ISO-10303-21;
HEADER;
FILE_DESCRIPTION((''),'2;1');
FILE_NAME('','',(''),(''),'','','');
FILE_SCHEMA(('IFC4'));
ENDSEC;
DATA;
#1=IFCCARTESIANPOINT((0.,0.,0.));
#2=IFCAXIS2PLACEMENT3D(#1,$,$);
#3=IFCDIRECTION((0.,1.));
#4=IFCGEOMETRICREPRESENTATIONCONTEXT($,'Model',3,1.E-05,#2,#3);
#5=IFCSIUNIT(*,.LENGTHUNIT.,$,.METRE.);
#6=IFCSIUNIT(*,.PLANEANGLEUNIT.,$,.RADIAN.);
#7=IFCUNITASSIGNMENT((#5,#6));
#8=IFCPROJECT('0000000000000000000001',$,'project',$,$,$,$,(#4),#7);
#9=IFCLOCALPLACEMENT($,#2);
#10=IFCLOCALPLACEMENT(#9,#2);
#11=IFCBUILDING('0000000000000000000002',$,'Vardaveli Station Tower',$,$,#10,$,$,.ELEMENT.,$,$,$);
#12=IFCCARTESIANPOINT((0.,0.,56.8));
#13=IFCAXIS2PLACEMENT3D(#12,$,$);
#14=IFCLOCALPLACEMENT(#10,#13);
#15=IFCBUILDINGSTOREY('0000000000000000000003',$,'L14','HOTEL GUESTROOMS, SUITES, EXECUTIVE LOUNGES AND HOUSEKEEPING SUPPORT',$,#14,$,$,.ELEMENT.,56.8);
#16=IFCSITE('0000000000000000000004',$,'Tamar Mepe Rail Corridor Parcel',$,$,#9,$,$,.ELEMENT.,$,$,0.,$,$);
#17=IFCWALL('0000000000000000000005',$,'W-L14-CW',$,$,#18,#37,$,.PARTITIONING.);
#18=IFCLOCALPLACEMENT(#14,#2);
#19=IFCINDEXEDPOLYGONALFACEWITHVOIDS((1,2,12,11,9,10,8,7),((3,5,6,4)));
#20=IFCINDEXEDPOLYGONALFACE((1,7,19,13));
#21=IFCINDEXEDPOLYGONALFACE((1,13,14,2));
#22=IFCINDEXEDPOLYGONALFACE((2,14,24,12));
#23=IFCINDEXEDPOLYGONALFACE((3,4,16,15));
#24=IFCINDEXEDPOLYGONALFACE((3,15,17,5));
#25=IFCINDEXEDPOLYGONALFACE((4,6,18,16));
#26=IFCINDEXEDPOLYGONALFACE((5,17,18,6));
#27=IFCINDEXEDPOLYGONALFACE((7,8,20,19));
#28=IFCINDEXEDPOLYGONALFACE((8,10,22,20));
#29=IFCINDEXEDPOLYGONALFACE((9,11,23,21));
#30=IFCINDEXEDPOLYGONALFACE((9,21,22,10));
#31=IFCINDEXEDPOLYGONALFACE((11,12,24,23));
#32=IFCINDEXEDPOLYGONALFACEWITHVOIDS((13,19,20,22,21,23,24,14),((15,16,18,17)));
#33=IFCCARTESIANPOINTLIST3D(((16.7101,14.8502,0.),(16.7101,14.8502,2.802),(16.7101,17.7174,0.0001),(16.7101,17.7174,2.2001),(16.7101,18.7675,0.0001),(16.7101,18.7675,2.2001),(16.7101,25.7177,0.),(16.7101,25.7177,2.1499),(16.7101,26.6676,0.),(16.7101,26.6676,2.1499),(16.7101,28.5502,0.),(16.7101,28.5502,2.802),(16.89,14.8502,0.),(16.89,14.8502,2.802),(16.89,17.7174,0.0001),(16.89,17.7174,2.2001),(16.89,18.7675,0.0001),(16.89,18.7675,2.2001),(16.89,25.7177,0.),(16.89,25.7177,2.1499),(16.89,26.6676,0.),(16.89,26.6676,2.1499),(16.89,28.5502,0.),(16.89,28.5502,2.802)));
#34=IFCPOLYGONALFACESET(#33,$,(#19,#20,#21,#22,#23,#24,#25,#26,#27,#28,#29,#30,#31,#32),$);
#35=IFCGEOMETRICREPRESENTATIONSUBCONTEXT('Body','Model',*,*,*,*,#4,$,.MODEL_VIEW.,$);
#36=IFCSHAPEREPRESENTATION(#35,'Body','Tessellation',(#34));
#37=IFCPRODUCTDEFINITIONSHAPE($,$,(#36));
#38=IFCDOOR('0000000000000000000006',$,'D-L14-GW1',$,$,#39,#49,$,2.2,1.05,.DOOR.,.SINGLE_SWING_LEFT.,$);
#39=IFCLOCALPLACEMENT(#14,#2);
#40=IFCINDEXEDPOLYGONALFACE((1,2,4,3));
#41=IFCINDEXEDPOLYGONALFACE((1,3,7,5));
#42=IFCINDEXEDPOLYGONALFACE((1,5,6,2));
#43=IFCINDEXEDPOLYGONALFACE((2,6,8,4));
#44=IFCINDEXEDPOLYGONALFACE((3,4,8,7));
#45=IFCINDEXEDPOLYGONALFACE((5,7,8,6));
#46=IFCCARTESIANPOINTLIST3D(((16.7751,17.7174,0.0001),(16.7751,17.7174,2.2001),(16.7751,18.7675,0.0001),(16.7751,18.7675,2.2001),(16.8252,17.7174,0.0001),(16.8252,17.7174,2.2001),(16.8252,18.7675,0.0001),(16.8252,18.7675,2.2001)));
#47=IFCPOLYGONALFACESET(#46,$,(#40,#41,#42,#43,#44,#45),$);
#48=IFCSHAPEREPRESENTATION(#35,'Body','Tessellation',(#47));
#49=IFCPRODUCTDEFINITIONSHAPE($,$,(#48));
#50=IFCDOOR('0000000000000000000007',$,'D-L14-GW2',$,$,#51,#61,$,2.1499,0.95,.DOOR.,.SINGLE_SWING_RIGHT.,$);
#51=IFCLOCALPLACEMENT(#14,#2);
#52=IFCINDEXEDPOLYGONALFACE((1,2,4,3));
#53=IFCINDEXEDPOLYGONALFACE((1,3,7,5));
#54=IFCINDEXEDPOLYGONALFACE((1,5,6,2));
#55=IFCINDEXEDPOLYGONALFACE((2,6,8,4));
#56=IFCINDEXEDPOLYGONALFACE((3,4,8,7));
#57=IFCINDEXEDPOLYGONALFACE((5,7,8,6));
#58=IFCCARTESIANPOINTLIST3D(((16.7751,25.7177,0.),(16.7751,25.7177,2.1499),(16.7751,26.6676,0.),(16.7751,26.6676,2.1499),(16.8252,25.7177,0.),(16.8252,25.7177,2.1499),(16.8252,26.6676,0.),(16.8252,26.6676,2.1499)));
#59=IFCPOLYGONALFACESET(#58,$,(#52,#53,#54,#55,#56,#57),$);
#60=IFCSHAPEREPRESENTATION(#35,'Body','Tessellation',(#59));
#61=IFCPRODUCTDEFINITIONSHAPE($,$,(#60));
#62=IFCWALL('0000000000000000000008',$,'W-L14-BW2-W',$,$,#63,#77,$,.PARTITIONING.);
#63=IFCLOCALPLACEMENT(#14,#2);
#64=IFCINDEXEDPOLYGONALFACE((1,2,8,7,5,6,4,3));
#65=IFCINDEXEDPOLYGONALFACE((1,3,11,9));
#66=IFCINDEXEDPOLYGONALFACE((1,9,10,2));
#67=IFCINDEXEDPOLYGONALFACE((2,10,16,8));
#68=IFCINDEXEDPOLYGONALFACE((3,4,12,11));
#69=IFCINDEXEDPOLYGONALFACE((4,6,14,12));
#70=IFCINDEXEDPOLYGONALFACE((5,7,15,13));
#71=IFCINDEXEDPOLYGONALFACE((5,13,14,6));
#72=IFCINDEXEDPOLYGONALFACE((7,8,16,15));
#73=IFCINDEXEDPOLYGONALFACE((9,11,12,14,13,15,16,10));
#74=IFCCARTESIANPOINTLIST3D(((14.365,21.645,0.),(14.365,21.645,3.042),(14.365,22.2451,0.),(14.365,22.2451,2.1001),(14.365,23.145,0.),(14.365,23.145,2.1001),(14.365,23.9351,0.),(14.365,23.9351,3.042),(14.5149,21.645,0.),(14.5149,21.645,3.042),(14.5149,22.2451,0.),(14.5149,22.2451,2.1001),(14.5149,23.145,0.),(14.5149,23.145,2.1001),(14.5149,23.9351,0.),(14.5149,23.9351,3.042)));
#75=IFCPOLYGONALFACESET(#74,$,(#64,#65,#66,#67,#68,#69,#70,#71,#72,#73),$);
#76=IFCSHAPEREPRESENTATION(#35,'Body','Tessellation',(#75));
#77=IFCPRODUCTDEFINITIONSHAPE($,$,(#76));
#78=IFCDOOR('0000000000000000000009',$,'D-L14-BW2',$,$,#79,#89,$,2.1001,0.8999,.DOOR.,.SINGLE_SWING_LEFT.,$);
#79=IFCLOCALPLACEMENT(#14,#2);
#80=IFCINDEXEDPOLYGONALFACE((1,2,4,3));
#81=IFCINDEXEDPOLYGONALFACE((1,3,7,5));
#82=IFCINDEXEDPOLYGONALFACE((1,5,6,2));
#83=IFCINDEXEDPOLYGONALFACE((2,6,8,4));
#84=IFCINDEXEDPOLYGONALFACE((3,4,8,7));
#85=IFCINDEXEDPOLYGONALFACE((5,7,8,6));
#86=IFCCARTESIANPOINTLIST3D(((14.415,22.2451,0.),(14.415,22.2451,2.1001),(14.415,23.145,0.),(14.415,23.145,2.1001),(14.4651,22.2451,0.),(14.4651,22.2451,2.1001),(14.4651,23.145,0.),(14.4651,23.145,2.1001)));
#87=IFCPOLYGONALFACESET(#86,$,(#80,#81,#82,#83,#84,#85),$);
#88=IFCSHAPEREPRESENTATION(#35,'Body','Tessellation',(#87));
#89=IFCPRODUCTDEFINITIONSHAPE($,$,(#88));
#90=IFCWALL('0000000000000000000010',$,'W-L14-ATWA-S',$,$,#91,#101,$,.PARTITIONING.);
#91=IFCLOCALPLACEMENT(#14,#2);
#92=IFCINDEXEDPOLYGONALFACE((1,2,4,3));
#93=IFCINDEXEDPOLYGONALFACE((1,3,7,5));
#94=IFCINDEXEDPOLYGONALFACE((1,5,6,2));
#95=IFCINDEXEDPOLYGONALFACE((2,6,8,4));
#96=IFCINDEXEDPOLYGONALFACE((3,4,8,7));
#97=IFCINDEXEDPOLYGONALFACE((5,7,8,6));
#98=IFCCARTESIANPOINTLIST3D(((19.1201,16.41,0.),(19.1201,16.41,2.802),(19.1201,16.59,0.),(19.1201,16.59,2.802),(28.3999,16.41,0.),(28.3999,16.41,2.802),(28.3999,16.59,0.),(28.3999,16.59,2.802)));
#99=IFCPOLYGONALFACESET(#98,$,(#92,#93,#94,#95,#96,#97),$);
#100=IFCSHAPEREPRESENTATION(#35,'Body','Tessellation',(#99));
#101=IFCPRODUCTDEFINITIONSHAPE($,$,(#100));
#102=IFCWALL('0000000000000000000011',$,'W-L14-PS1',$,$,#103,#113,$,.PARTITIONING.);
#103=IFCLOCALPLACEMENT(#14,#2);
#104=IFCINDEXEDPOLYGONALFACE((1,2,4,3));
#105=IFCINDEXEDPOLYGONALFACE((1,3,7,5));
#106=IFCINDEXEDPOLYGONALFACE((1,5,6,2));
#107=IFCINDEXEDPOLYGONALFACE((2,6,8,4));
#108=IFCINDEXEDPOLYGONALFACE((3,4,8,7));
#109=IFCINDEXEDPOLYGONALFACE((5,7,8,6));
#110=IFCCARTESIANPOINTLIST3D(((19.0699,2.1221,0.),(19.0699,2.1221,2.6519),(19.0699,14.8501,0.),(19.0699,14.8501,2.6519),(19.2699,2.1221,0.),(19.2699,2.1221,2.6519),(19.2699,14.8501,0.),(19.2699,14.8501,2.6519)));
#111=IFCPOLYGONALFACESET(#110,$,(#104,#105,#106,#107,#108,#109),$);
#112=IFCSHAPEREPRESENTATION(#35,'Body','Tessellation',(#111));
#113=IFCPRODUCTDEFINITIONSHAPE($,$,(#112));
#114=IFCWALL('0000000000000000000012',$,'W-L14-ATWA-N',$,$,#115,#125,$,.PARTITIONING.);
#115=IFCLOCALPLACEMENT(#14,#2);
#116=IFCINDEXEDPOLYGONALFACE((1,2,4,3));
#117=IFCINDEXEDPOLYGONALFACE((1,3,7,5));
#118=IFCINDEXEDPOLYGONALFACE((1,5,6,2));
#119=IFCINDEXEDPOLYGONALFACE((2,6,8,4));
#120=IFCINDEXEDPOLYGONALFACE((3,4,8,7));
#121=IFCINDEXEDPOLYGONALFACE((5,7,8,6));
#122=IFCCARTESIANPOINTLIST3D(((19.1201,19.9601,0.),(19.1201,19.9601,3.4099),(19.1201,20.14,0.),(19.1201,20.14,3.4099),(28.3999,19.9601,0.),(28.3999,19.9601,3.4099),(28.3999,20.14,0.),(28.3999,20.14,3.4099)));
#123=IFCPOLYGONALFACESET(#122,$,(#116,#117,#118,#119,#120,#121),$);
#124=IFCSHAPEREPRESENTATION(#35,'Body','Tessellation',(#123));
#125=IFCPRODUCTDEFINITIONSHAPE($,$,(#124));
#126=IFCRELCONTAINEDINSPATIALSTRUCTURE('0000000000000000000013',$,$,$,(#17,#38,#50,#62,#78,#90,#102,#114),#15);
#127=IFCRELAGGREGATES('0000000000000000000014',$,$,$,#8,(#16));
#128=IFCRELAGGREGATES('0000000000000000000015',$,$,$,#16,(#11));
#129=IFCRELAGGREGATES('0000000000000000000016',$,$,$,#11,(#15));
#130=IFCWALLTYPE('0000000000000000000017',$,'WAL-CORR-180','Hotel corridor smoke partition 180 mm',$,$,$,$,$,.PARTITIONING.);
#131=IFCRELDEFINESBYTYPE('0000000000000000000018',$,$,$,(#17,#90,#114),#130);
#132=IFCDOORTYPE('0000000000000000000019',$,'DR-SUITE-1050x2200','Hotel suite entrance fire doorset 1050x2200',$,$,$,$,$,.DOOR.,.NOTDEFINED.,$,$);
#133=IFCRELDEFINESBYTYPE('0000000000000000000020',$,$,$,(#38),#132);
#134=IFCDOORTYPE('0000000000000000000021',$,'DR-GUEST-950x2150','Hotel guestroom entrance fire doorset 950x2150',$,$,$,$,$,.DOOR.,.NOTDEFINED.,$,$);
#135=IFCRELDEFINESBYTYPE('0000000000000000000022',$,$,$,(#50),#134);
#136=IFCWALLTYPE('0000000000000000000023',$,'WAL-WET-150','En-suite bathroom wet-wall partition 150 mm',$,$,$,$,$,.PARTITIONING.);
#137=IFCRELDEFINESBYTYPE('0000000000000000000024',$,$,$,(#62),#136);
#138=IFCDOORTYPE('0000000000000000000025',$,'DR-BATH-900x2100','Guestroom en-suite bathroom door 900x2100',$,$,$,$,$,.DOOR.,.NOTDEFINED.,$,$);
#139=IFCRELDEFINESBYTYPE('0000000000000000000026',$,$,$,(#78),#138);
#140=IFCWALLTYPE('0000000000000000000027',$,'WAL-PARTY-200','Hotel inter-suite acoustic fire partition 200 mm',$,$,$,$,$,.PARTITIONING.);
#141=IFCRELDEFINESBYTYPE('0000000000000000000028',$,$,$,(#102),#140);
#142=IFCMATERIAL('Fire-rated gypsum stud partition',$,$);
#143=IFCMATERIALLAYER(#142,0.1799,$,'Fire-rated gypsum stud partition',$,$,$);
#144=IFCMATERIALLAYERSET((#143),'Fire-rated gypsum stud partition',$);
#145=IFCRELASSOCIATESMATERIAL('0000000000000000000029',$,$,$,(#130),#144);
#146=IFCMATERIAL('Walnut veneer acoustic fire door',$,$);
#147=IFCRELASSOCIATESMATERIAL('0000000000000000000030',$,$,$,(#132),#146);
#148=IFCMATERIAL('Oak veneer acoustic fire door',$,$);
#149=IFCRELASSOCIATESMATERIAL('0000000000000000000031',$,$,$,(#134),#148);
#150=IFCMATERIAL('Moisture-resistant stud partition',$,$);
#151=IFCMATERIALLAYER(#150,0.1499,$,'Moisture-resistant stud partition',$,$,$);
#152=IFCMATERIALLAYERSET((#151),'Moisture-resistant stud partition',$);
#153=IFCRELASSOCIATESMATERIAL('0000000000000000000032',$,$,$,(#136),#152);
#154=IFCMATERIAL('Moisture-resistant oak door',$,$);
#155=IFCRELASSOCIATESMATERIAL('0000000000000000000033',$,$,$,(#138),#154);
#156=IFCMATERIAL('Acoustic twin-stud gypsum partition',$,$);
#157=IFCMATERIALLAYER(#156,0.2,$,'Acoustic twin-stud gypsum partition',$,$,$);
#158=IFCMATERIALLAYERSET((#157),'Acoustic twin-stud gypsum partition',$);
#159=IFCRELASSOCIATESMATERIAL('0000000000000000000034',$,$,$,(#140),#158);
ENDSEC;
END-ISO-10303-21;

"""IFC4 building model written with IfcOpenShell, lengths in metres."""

from ifc_helpers import new_model, si_unit, direction, frame, frame_2d, origin, place, context, subcontext, project, spatial, rectangle, extrude, source, transform, mapped, material, layer, layer_set, type_object, element, fill, save


model = new_model("IFC4")

# Units and contexts
model_context = context("Model", 3, precision=1e-05, world=origin(), true_north=direction((0.0, 1.0)))
body_context = subcontext(model_context, "Body", "Model", "MODEL_VIEW")
ifc_project = project(units=[si_unit("LENGTHUNIT", "METRE"), si_unit("PLANEANGLEUNIT", "RADIAN")], contexts=[model_context])

# Site, building, storey
site_placement = place(None, origin())
site = spatial("IfcSite", under=ifc_project, at=site_placement, Name="Tamar Mepe Rail Corridor Parcel", CompositionType="ELEMENT", RefElevation=0.0)
building_placement = place(site_placement, origin())
building = spatial("IfcBuilding", under=site, at=building_placement, Name="Vardaveli Station Tower", CompositionType="ELEMENT")
storey_placement = place(building_placement, frame((0.0, 0.0, 56.8)))
storey = spatial("IfcBuildingStorey", under=building, at=storey_placement, Name="L14", Description="HOTEL GUESTROOMS, SUITES, EXECUTIVE LOUNGES AND HOUSEKEEPING SUPPORT", CompositionType="ELEMENT", Elevation=56.8)

# Shared definitions
ifc_material_1 = material(Name="Fire-rated gypsum stud partition")
ifc_layer_1 = layer(ifc_material_1, 0.1799, Name="Fire-rated gypsum stud partition")
ifc_layer_set_1 = layer_set([ifc_layer_1], Name="Fire-rated gypsum stud partition")
wall_type_1 = type_object("IfcWallType", Name="WAL-CORR-180", Description="Hotel corridor smoke partition 180 mm", PredefinedType="PARTITIONING", material=ifc_layer_set_1)
shared_shape_1 = source(origin(), body_context, "Body", "SweptSolid", [
    extrude(rectangle(XDim=1.05, YDim=2.2, at=frame_2d((0.5249, 1.1001))), frame((0.0, 0.1001, 0.0), z_axis=(0.0, -1.0, 0.0), x_axis=(1.0, 0.0, 0.0)), (0.0, 0.0, 1.0), 0.2),
])
ifc_material_2 = material(Name="Walnut veneer acoustic fire door")
door_type_1 = type_object("IfcDoorType", Name="DR-SUITE-1050x2200", Description="Hotel suite entrance fire doorset 1050x2200", OperationType="NOTDEFINED", PredefinedType="DOOR", material=ifc_material_2)
shared_shape_2 = source(origin(), body_context, "Body", "SweptSolid", [
    extrude(rectangle(XDim=1.05, YDim=2.2, at=frame_2d((0.5249, 1.1001))), frame((0.0, 0.0249, 0.0), z_axis=(0.0, -1.0, 0.0), x_axis=(1.0, 0.0, 0.0)), (0.0, 0.0, 1.0), 0.05),
])

# Wall, openings, doors
shared_shape_3 = source(origin(), body_context, "Body", "SweptSolid", [
    extrude(rectangle(XDim=13.7, YDim=0.1799, at=frame_2d((6.8501, 0.0))), origin(), (0.0, 0.0, 1.0), 2.802),
])
wall_1_placement = place(storey_placement, frame((16.8, 14.8501, 0.0), z_axis=(0.0, 0.0, 1.0), x_axis=(0.0, 1.0, 0.0)))
wall_1 = element("IfcWall", 1, at=wall_1_placement, inside=storey, type_object=wall_type_1, Name="W-L14-CW", PredefinedType="PARTITIONING", context=body_context, shape_type="MappedRepresentation", body=[
    mapped(shared_shape_3, transform((0.0, 0.0, 0.0), scale=1.0)),
])
opening_1_placement = place(wall_1_placement, frame((2.8674, 0.0, 0.0)))
opening_1 = element("IfcOpeningElement", 2, at=opening_1_placement, cuts=wall_1, PredefinedType="OPENING", context=body_context, shape_type="MappedRepresentation", body=[
    mapped(shared_shape_1, transform((0.0, 0.0, 0.0), scale=1.0)),
])
shared_shape_4 = source(origin(), body_context, "Body", "SweptSolid", [
    extrude(rectangle(XDim=0.95, YDim=2.1499, at=frame_2d((0.4751, 1.075))), frame((0.0, 0.1001, 0.0), z_axis=(0.0, -1.0, 0.0), x_axis=(1.0, 0.0, 0.0)), (0.0, 0.0, 1.0), 0.2),
])
opening_2_placement = place(wall_1_placement, frame((10.8674, 0.0, 0.0)))
opening_2 = element("IfcOpeningElement", 3, at=opening_2_placement, cuts=wall_1, PredefinedType="OPENING", context=body_context, shape_type="MappedRepresentation", body=[
    mapped(shared_shape_4, transform((0.0, 0.0, 0.0), scale=1.0)),
])
door_1_placement = place(opening_1_placement, origin())
door_1 = element("IfcDoor", 4, at=door_1_placement, inside=storey, type_object=door_type_1, Name="D-L14-GW1", OperationType="SINGLE_SWING_LEFT", OverallHeight=2.2, OverallWidth=1.05, PredefinedType="DOOR", context=body_context, shape_type="MappedRepresentation", body=[
    mapped(shared_shape_2, transform((0.0, 0.0, 0.0), scale=1.0)),
])
fill(opening_1, door_1)
ifc_material_3 = material(Name="Oak veneer acoustic fire door")
door_type_2 = type_object("IfcDoorType", Name="DR-GUEST-950x2150", Description="Hotel guestroom entrance fire doorset 950x2150", OperationType="NOTDEFINED", PredefinedType="DOOR", material=ifc_material_3)
shared_shape_5 = source(origin(), body_context, "Body", "SweptSolid", [
    extrude(rectangle(XDim=0.95, YDim=2.1499, at=frame_2d((0.4751, 1.075))), frame((0.0, 0.0249, 0.0), z_axis=(0.0, -1.0, 0.0), x_axis=(1.0, 0.0, 0.0)), (0.0, 0.0, 1.0), 0.05),
])
door_2_placement = place(opening_2_placement, origin())
door_2 = element("IfcDoor", 5, at=door_2_placement, inside=storey, type_object=door_type_2, Name="D-L14-GW2", OperationType="SINGLE_SWING_RIGHT", OverallHeight=2.1499, OverallWidth=0.95, PredefinedType="DOOR", context=body_context, shape_type="MappedRepresentation", body=[
    mapped(shared_shape_5, transform((0.0, 0.0, 0.0), scale=1.0)),
])
fill(opening_2, door_2)

# Wall, opening, door
ifc_material_4 = material(Name="Moisture-resistant stud partition")
ifc_layer_2 = layer(ifc_material_4, 0.1499, Name="Moisture-resistant stud partition")
ifc_layer_set_2 = layer_set([ifc_layer_2], Name="Moisture-resistant stud partition")
wall_type_2 = type_object("IfcWallType", Name="WAL-WET-150", Description="En-suite bathroom wet-wall partition 150 mm", PredefinedType="PARTITIONING", material=ifc_layer_set_2)
shared_shape_6 = source(origin(), body_context, "Body", "SweptSolid", [
    extrude(rectangle(XDim=2.29, YDim=0.1499, at=frame_2d((1.145, 0.0))), origin(), (0.0, 0.0, 1.0), 3.042),
])
wall_2_placement = place(storey_placement, frame((14.4399, 21.645, 0.0), z_axis=(0.0, 0.0, 1.0), x_axis=(0.0, 1.0, 0.0)))
wall_2 = element("IfcWall", 6, at=wall_2_placement, inside=storey, type_object=wall_type_2, Name="W-L14-BW2-W", PredefinedType="PARTITIONING", context=body_context, shape_type="MappedRepresentation", body=[
    mapped(shared_shape_6, transform((0.0, 0.0, 0.0), scale=1.0)),
])
shared_shape_7 = source(origin(), body_context, "Body", "SweptSolid", [
    extrude(rectangle(XDim=0.8999, YDim=2.1001, at=frame_2d((0.45, 1.05))), frame((0.0, 0.085, 0.0), z_axis=(0.0, -1.0, 0.0), x_axis=(1.0, 0.0, 0.0)), (0.0, 0.0, 1.0), 0.1699),
])
opening_3_placement = place(wall_2_placement, frame((0.6001, 0.0, 0.0)))
opening_3 = element("IfcOpeningElement", 7, at=opening_3_placement, cuts=wall_2, PredefinedType="OPENING", context=body_context, shape_type="MappedRepresentation", body=[
    mapped(shared_shape_7, transform((0.0, 0.0, 0.0), scale=1.0)),
])
ifc_material_5 = material(Name="Moisture-resistant oak door")
door_type_3 = type_object("IfcDoorType", Name="DR-BATH-900x2100", Description="Guestroom en-suite bathroom door 900x2100", OperationType="NOTDEFINED", PredefinedType="DOOR", material=ifc_material_5)
shared_shape_8 = source(origin(), body_context, "Body", "SweptSolid", [
    extrude(rectangle(XDim=0.8999, YDim=2.1001, at=frame_2d((0.45, 1.05))), frame((0.0, 0.0249, 0.0), z_axis=(0.0, -1.0, 0.0), x_axis=(1.0, 0.0, 0.0)), (0.0, 0.0, 1.0), 0.05),
])
door_3_placement = place(opening_3_placement, origin())
door_3 = element("IfcDoor", 8, at=door_3_placement, inside=storey, type_object=door_type_3, Name="D-L14-BW2", OperationType="SINGLE_SWING_LEFT", OverallHeight=2.1001, OverallWidth=0.8999, PredefinedType="DOOR", context=body_context, shape_type="MappedRepresentation", body=[
    mapped(shared_shape_8, transform((0.0, 0.0, 0.0), scale=1.0)),
])
fill(opening_3, door_3)

# Walls
shared_shape_9 = source(origin(), body_context, "Body", "SweptSolid", [
    extrude(rectangle(XDim=9.2798, YDim=0.1799, at=frame_2d((4.6399, 0.0))), origin(), (0.0, 0.0, 1.0), 2.802),
])
wall_3_placement = place(storey_placement, frame((19.1201, 16.5, 0.0), z_axis=(0.0, 0.0, 1.0), x_axis=(1.0, 0.0, 0.0)))
element("IfcWall", 9, at=wall_3_placement, inside=storey, type_object=wall_type_1, Name="W-L14-ATWA-S", PredefinedType="PARTITIONING", context=body_context, shape_type="MappedRepresentation", body=[
    mapped(shared_shape_9, transform((0.0, 0.0, 0.0), scale=1.0)),
])
ifc_material_6 = material(Name="Acoustic twin-stud gypsum partition")
ifc_layer_3 = layer(ifc_material_6, 0.2, Name="Acoustic twin-stud gypsum partition")
ifc_layer_set_3 = layer_set([ifc_layer_3], Name="Acoustic twin-stud gypsum partition")
wall_type_3 = type_object("IfcWallType", Name="WAL-PARTY-200", Description="Hotel inter-suite acoustic fire partition 200 mm", PredefinedType="PARTITIONING", material=ifc_layer_set_3)
shared_shape_10 = source(origin(), body_context, "Body", "SweptSolid", [
    extrude(rectangle(XDim=12.728, YDim=0.2, at=frame_2d((6.364, 0.0))), origin(), (0.0, 0.0, 1.0), 2.6519),
])
wall_4_placement = place(storey_placement, frame((19.1699, 2.1221, 0.0), z_axis=(0.0, 0.0, 1.0), x_axis=(0.0, 1.0, 0.0)))
element("IfcWall", 10, at=wall_4_placement, inside=storey, type_object=wall_type_3, Name="W-L14-PS1", PredefinedType="PARTITIONING", context=body_context, shape_type="MappedRepresentation", body=[
    mapped(shared_shape_10, transform((0.0, 0.0, 0.0), scale=1.0)),
])
shared_shape_11 = source(origin(), body_context, "Body", "SweptSolid", [
    extrude(rectangle(XDim=9.2798, YDim=0.1799, at=frame_2d((4.6399, 0.0))), origin(), (0.0, 0.0, 1.0), 3.4099),
])
wall_5_placement = place(storey_placement, frame((19.1201, 20.05, 0.0), z_axis=(0.0, 0.0, 1.0), x_axis=(1.0, 0.0, 0.0)))
element("IfcWall", 11, at=wall_5_placement, inside=storey, type_object=wall_type_1, Name="W-L14-ATWA-N", PredefinedType="PARTITIONING", context=body_context, shape_type="MappedRepresentation", body=[
    mapped(shared_shape_11, transform((0.0, 0.0, 0.0), scale=1.0)),
])

save(model, "model.ifc")
